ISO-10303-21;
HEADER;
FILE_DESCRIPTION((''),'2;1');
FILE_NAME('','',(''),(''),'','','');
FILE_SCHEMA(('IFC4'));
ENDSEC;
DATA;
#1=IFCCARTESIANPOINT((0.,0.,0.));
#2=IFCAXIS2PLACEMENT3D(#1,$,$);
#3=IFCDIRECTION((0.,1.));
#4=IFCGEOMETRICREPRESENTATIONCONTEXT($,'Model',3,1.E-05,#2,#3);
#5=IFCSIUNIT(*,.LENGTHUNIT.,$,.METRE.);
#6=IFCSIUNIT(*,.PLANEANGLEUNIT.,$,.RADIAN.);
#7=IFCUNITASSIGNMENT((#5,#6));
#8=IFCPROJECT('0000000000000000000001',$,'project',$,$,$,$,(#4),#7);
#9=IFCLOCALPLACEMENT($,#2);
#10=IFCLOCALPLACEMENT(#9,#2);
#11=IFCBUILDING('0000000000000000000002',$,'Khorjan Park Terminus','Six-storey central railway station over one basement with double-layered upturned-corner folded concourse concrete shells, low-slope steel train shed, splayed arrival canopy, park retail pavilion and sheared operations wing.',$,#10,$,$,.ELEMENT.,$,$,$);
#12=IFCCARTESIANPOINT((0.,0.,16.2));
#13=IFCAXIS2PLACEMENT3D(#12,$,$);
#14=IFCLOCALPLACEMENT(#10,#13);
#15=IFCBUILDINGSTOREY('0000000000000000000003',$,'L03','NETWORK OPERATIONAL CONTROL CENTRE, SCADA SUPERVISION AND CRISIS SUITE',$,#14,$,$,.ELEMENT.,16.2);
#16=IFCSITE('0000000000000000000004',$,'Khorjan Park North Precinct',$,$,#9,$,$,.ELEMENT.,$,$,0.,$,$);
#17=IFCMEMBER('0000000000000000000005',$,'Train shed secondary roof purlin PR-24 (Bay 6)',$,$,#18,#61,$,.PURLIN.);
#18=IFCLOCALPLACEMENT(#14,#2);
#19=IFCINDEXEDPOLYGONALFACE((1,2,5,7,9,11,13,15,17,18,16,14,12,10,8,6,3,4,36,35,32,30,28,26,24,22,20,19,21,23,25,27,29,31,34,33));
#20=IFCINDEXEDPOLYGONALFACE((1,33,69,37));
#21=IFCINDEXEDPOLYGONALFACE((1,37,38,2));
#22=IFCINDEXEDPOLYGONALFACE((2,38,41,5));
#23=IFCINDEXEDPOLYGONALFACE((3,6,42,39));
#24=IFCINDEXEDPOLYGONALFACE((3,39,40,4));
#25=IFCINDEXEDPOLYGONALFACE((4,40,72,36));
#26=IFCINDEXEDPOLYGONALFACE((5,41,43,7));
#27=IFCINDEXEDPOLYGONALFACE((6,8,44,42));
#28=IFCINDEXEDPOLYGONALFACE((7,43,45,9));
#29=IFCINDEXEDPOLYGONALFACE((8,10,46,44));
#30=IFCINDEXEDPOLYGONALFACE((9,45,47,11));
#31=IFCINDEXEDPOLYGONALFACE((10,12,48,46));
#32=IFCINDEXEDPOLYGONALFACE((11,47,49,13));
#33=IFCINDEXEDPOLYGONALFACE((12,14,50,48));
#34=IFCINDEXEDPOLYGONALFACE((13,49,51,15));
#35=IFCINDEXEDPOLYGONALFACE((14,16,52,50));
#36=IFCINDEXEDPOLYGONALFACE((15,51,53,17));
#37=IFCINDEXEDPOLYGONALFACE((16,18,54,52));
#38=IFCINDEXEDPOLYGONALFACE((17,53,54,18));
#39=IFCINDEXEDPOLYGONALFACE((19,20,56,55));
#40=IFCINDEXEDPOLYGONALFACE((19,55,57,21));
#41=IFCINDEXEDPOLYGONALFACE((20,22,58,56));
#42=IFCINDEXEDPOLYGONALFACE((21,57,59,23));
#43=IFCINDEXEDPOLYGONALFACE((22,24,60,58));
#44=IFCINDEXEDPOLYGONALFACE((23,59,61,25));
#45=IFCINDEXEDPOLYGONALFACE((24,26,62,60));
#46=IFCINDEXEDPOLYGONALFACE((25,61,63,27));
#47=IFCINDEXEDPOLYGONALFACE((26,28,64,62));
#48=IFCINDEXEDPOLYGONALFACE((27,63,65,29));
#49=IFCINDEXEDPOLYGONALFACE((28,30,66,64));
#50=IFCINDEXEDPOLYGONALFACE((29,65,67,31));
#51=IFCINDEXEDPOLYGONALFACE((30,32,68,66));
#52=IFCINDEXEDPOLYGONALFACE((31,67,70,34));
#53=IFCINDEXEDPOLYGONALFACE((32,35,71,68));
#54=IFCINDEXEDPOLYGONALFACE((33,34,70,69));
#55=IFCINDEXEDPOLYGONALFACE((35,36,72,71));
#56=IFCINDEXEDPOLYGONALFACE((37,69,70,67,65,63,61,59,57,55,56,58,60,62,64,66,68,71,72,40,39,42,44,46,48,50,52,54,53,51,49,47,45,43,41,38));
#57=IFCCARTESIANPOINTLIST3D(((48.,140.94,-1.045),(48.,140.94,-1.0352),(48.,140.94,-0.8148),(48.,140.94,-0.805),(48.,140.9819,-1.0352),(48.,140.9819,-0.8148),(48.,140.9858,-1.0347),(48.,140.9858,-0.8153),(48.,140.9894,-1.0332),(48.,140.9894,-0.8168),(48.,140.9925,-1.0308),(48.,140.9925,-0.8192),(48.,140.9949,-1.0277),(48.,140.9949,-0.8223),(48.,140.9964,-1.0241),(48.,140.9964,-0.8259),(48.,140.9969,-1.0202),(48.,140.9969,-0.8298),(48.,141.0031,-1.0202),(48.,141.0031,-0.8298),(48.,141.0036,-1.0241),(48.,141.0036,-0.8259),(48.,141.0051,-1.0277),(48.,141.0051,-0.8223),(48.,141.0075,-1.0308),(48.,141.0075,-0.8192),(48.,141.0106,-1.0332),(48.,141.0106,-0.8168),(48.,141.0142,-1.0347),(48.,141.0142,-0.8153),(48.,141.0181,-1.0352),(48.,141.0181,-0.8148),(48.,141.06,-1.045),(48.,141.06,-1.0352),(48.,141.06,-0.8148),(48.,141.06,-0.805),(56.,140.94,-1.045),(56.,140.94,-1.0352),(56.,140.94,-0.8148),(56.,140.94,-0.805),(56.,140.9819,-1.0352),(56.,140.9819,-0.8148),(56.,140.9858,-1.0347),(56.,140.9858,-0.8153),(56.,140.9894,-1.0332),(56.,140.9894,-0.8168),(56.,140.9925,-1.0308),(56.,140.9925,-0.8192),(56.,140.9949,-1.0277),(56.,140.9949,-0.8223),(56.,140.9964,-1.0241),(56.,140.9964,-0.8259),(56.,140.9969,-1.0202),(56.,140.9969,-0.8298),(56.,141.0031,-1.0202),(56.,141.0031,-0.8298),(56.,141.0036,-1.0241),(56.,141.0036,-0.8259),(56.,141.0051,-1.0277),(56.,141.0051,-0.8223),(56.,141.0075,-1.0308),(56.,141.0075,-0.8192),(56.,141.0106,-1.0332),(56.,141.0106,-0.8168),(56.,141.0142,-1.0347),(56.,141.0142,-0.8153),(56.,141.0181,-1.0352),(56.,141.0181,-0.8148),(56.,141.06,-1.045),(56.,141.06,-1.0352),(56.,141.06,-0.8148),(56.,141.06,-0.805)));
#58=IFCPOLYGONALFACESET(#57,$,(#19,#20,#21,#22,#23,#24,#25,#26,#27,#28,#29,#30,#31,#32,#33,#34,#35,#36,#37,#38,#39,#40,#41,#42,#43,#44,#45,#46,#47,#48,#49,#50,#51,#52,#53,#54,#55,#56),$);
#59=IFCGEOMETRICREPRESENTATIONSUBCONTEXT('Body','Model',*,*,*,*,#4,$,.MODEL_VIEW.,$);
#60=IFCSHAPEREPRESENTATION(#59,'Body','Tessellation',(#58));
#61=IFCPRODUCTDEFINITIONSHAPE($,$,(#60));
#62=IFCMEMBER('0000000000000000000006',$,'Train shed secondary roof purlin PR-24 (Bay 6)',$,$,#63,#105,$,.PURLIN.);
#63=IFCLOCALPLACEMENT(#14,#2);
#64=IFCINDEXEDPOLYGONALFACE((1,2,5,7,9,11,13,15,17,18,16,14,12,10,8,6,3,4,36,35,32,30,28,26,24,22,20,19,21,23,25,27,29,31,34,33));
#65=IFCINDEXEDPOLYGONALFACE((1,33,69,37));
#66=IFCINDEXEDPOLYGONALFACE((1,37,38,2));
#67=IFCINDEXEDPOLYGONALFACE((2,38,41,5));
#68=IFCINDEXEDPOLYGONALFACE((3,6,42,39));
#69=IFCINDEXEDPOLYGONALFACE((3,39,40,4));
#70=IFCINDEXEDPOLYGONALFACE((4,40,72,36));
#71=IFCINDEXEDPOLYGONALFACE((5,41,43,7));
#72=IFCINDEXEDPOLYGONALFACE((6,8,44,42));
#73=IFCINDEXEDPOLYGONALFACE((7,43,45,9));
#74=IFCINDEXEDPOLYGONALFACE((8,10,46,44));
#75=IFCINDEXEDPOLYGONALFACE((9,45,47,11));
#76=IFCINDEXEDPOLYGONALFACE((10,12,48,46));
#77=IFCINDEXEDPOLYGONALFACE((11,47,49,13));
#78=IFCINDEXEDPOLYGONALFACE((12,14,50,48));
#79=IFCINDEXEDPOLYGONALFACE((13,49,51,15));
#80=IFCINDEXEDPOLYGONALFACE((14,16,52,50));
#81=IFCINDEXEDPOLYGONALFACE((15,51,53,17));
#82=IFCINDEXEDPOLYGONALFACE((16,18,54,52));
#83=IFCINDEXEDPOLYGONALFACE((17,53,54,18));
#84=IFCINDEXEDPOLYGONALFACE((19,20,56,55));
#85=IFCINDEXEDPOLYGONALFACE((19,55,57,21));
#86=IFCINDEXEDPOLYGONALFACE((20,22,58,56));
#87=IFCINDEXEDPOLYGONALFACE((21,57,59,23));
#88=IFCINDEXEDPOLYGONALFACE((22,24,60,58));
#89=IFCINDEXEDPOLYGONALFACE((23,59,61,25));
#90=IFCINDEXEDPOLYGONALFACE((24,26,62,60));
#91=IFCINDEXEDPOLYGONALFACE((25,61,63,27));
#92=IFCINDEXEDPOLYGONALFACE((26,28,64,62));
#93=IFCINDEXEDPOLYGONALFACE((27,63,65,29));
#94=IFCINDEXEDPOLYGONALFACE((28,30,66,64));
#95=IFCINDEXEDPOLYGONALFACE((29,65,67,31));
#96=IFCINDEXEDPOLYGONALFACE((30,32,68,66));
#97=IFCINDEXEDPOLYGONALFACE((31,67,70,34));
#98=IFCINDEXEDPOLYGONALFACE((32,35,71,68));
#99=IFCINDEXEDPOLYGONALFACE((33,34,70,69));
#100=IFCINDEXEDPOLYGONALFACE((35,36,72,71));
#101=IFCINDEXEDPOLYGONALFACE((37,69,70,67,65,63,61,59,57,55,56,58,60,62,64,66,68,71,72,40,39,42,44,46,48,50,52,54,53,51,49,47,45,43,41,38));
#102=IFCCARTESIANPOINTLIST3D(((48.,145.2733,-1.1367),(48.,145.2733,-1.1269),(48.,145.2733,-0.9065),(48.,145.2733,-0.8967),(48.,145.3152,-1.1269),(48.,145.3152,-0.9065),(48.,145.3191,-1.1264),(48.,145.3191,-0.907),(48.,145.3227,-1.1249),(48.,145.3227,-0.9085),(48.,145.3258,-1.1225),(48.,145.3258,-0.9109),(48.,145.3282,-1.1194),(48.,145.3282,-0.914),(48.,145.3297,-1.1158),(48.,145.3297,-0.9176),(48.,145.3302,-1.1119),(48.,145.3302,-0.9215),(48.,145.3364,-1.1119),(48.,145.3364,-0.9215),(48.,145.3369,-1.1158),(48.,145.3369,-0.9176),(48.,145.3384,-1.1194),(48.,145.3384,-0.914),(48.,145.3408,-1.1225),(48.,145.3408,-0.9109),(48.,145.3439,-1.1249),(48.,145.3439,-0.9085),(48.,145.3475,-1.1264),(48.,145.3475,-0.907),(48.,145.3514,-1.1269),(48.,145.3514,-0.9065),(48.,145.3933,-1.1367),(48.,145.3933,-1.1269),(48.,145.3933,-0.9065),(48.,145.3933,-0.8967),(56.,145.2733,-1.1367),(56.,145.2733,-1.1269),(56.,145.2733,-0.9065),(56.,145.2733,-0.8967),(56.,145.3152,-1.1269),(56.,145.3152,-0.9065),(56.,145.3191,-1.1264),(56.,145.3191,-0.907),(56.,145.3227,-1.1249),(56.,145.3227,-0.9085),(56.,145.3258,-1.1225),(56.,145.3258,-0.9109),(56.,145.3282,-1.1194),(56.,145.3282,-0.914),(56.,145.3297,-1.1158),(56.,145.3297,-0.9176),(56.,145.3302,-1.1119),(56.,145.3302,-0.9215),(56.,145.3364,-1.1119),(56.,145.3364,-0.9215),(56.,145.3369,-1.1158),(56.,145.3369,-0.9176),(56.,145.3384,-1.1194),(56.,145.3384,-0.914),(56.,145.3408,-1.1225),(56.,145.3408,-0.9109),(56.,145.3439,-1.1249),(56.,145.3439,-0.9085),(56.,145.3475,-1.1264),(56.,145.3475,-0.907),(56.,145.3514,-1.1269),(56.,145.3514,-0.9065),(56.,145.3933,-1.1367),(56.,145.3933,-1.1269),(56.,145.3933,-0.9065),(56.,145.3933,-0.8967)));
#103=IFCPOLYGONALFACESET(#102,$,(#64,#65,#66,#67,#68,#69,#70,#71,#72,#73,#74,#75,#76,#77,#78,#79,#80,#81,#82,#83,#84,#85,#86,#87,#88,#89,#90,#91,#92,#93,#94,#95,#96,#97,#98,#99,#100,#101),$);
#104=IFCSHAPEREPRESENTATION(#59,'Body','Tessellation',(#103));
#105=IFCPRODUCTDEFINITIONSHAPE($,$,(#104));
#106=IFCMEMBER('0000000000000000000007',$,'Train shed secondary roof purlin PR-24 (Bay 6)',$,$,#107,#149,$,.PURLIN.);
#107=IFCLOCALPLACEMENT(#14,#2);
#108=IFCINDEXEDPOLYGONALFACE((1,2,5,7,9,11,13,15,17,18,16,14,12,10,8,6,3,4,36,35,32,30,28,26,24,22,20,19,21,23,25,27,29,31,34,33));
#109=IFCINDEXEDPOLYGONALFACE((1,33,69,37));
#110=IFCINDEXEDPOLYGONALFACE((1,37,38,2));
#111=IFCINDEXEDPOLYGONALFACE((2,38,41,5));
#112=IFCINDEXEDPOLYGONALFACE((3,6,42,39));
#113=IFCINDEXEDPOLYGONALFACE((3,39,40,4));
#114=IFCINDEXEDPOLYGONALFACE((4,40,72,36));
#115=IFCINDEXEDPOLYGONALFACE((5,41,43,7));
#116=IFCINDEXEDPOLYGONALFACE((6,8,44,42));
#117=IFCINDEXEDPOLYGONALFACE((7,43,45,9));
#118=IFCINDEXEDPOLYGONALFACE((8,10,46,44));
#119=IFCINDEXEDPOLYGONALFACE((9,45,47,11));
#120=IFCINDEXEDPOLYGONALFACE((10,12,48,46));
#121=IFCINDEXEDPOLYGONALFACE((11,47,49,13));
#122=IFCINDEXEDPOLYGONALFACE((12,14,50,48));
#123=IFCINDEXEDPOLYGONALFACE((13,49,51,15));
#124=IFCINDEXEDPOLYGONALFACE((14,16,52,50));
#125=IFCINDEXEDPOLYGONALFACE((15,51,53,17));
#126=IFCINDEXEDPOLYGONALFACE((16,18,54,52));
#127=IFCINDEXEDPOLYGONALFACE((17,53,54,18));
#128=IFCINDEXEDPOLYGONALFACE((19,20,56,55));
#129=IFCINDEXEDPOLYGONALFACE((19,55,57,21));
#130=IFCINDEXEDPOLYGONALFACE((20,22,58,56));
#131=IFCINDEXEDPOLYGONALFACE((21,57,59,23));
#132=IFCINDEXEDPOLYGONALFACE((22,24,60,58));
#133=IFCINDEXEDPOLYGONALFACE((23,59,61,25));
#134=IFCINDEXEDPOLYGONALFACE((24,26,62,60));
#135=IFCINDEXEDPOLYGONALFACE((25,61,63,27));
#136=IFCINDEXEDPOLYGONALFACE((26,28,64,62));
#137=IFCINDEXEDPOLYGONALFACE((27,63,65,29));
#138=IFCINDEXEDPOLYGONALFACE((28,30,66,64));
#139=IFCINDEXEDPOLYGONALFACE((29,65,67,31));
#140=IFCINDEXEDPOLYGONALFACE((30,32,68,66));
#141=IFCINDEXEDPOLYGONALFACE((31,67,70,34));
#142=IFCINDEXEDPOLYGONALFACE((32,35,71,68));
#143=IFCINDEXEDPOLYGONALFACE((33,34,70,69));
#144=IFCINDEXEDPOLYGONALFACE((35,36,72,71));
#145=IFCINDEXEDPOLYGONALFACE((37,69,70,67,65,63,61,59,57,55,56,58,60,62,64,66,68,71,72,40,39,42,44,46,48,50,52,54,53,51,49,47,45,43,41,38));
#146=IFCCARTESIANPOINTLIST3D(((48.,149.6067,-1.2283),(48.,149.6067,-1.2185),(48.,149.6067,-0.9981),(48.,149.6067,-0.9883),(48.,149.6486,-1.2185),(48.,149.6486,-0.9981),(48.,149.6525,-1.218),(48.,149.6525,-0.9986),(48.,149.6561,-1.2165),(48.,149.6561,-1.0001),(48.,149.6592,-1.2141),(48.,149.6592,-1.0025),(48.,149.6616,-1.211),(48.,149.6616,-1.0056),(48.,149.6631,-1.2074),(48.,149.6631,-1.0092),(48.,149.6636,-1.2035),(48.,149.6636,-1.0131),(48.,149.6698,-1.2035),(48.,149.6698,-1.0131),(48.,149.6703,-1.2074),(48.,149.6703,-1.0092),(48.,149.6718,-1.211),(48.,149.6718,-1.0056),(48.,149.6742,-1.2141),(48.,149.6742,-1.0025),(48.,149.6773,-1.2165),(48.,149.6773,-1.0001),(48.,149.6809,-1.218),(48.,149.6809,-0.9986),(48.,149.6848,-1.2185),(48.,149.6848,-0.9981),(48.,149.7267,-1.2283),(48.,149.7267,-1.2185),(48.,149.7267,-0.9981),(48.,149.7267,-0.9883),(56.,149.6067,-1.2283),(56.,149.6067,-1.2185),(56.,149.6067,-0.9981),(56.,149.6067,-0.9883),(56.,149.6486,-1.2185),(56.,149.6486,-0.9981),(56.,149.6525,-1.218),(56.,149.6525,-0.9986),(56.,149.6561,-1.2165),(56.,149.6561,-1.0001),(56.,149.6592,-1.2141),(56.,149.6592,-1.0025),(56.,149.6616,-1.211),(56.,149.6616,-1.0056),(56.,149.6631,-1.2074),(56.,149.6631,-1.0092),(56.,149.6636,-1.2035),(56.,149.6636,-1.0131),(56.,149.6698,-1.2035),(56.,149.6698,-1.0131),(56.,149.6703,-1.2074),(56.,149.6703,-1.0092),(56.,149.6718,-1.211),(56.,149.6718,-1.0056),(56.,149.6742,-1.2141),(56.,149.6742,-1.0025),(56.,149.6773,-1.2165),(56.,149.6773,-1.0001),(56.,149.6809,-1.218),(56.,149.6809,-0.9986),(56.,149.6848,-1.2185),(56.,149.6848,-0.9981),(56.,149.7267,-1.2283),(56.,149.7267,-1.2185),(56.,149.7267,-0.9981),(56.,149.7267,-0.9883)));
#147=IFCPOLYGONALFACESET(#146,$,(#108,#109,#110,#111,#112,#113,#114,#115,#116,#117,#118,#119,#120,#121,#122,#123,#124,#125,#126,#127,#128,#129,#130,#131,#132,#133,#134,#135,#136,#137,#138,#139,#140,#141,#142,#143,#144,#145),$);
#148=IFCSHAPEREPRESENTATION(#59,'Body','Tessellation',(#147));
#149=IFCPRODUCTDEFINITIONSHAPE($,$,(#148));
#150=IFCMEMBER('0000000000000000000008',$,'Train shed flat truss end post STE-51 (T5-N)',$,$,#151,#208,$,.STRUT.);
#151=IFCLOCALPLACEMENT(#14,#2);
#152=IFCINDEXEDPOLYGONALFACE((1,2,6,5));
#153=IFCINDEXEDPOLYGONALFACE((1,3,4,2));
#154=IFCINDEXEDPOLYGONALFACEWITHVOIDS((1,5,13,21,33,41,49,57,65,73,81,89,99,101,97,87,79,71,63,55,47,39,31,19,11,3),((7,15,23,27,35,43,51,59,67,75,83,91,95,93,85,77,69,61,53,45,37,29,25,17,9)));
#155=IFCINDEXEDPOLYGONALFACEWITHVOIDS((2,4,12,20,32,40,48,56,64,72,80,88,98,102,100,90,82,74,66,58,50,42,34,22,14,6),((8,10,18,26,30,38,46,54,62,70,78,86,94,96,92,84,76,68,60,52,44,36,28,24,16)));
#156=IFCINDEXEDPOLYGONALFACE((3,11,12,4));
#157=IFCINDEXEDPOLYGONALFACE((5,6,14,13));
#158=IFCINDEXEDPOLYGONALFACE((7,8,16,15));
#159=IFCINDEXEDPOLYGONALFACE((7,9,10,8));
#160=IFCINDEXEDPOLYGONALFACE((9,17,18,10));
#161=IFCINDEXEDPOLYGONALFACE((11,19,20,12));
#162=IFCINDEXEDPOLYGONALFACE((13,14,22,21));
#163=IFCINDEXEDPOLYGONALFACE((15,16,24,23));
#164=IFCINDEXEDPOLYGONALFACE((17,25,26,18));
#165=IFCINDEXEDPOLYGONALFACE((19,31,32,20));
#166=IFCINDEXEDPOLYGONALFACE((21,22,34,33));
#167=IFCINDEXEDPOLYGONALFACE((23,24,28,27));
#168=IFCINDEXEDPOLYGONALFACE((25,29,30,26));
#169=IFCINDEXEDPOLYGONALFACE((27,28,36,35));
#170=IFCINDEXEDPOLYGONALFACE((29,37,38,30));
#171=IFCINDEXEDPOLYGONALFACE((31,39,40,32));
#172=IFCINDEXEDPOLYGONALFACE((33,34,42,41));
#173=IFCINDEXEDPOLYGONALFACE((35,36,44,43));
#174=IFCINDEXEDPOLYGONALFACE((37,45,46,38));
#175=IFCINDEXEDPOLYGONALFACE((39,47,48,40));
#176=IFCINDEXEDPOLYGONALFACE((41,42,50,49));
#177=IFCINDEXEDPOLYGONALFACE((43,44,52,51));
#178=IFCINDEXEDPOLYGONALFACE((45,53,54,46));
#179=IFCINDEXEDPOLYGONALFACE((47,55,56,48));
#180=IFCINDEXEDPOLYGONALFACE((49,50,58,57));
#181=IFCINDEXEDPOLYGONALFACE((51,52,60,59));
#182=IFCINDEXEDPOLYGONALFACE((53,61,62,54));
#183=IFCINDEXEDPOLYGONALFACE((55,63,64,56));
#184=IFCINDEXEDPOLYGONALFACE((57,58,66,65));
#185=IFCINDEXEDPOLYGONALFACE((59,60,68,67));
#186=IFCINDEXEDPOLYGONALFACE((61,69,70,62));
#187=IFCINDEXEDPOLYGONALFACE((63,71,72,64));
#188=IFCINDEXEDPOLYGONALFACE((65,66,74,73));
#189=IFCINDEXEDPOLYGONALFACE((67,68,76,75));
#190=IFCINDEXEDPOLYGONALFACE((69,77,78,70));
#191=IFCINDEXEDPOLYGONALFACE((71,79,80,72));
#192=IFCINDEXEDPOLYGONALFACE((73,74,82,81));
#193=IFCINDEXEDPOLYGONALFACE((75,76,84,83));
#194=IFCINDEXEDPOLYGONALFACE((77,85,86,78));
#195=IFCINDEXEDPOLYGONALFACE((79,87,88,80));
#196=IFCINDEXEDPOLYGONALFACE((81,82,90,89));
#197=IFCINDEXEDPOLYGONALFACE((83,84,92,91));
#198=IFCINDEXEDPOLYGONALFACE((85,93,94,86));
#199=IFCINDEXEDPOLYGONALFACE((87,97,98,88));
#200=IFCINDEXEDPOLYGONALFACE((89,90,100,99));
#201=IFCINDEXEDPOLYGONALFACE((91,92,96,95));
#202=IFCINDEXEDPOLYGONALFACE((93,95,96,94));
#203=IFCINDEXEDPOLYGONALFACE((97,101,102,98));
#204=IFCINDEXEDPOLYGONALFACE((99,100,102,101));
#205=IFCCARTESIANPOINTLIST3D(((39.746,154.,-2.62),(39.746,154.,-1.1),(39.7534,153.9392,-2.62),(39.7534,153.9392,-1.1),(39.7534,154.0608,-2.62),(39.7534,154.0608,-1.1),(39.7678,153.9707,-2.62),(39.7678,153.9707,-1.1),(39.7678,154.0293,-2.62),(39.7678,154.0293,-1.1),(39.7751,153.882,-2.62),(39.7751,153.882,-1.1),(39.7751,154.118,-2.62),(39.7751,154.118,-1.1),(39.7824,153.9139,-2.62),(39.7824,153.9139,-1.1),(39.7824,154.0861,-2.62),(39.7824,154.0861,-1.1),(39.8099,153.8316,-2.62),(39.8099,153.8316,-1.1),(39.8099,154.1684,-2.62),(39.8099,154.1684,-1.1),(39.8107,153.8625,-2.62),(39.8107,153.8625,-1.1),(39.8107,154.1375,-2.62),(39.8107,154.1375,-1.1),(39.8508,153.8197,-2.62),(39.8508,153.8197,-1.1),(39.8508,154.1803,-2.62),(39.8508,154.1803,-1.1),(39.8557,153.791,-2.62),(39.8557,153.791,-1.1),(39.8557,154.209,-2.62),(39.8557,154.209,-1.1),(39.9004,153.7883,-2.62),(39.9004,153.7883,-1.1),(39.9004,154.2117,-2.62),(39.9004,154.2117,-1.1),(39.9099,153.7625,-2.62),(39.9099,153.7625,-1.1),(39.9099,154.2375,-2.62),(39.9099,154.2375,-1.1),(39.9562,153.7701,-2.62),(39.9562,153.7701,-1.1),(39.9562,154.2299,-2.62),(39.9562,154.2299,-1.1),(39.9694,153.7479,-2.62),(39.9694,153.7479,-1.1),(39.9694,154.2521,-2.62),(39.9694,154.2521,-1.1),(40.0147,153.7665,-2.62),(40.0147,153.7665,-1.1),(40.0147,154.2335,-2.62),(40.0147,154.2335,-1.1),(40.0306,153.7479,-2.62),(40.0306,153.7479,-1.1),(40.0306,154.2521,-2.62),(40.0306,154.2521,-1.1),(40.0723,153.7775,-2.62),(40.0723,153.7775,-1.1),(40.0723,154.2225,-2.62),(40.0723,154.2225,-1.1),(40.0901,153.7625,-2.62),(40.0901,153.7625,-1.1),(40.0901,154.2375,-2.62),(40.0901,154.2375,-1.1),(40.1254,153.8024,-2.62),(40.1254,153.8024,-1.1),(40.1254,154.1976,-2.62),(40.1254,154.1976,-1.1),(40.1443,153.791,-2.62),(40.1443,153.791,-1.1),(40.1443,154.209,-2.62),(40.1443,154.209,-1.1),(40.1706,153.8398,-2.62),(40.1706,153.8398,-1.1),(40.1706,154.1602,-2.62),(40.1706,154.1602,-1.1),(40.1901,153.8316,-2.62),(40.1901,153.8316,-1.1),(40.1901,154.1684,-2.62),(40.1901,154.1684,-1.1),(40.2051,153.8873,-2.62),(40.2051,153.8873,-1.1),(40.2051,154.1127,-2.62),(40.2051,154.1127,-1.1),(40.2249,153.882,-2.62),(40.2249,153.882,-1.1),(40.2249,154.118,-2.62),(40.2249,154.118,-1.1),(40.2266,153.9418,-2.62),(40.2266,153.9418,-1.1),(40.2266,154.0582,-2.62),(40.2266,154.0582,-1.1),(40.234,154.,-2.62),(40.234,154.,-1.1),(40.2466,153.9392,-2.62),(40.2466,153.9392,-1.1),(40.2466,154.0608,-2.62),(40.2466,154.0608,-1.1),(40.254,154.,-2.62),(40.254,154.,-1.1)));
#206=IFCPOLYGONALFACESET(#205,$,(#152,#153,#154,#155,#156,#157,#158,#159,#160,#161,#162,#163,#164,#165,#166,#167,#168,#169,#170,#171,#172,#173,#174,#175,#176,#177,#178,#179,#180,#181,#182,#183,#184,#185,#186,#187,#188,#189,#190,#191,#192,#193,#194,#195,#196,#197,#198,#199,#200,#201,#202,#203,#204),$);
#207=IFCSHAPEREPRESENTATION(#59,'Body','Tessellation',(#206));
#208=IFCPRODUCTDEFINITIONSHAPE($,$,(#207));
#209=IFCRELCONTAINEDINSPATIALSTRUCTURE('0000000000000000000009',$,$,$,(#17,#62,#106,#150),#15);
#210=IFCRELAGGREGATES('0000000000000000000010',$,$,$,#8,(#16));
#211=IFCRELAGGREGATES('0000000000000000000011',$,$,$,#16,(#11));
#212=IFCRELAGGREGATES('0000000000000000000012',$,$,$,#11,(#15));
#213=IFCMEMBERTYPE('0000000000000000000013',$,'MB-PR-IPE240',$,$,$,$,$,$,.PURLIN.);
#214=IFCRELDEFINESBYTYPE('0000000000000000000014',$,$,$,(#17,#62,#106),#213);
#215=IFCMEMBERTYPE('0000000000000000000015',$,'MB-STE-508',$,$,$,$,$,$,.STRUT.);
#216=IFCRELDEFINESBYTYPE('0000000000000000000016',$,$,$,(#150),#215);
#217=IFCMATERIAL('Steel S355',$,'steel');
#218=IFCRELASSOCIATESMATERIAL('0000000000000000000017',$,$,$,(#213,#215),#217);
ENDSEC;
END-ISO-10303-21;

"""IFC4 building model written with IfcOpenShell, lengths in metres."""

from ifc_helpers import new_model, si_unit, direction, frame, origin, origin_2d, place, context, subcontext, project, spatial, hollow_circle, i_section, extrude, material, material_profile, profile_set, type_object, element, save


model = new_model("IFC4")

# Units and contexts
model_context = context("Model", 3, precision=1e-05, world=origin(), true_north=direction((0.0, 1.0)))
body_context = subcontext(model_context, "Body", "Model", "MODEL_VIEW")
ifc_project = project(units=[si_unit("LENGTHUNIT", "METRE"), si_unit("PLANEANGLEUNIT", "RADIAN")], contexts=[model_context])

# Site, building, storey
site_placement = place(None, origin())
site = spatial("IfcSite", under=ifc_project, at=site_placement, Name="Khorjan Park North Precinct", CompositionType="ELEMENT", RefElevation=0.0)
building_placement = place(site_placement, origin())
building = spatial("IfcBuilding", under=site, at=building_placement, Name="Khorjan Park Terminus", Description="Six-storey central railway station over one basement with double-layered upturned-corner folded concourse concrete shells, low-slope steel train shed, splayed arrival canopy, park retail pavilion and sheared operations wing.", CompositionType="ELEMENT")
storey_placement = place(building_placement, frame((0.0, 0.0, 16.2)))
storey = spatial("IfcBuildingStorey", under=building, at=storey_placement, Name="L03", Description="NETWORK OPERATIONAL CONTROL CENTRE, SCADA SUPERVISION AND CRISIS SUITE", CompositionType="ELEMENT", Elevation=16.2)

# Members
ifc_material = material(Name="Steel S355", Category="steel")
ifc_material_profile_1 = material_profile(ifc_material, i_section(OverallWidth=0.12, OverallDepth=0.24, WebThickness=0.0062, FlangeThickness=0.0098, FilletRadius=0.015, at=origin_2d()), Name="IPE 240")
ifc_profile_set_1 = profile_set([ifc_material_profile_1], Name="Steel S355")
member_type_1 = type_object("IfcMemberType", Name="MB-PR-IPE240", PredefinedType="PURLIN", material=ifc_profile_set_1)
for number, where, z_axis, x_axis, name in (
    (1, (48.0, 141.0, -0.925), (1.0, 0.0, 0.0), (0.0, 1.0, 0.0), "Train shed secondary roof purlin PR-24 (Bay 6)"),
    (2, (48.0, 145.3333, -1.0167), (1.0, 0.0, 0.0), (0.0, 1.0, 0.0), "Train shed secondary roof purlin PR-24 (Bay 6)"),
    (3, (48.0, 149.6667, -1.1083), (1.0, 0.0, 0.0), (0.0, 1.0, 0.0), "Train shed secondary roof purlin PR-24 (Bay 6)"),
):
    element("IfcMember", number, at=place(storey_placement, frame(where, z_axis=z_axis, x_axis=x_axis)), inside=storey, type_object=member_type_1, Name=name, PredefinedType="PURLIN", context=body_context, shape_type="SweptSolid", body=[
        extrude(i_section(OverallWidth=0.12, OverallDepth=0.24, WebThickness=0.0062, FlangeThickness=0.0098, FilletRadius=0.015, at=origin_2d()), origin(), (0.0, 0.0, 1.0), 8.0),
    ])
ifc_material_profile_2 = material_profile(ifc_material, hollow_circle(Radius=0.254, WallThickness=0.02, at=origin_2d()), Name="CHS 508x20")
ifc_profile_set_2 = profile_set([ifc_material_profile_2], Name="Steel S355")
member_type_2 = type_object("IfcMemberType", Name="MB-STE-508", PredefinedType="STRUT", material=ifc_profile_set_2)
for number, where, z_axis, x_axis, name in (
    (4, (40.0, 154.0, -2.62), (0.0, 0.0, 1.0), (1.0, 0.0, 0.0), "Train shed flat truss end post STE-51 (T5-N)"),
):
    element("IfcMember", number, at=place(storey_placement, frame(where, z_axis=z_axis, x_axis=x_axis)), inside=storey, type_object=member_type_2, Name=name, PredefinedType="STRUT", context=body_context, shape_type="SweptSolid", body=[
        extrude(hollow_circle(Radius=0.254, WallThickness=0.02, at=origin_2d()), origin(), (0.0, 0.0, 1.0), 1.52),
    ])

save(model, "model.ifc")
